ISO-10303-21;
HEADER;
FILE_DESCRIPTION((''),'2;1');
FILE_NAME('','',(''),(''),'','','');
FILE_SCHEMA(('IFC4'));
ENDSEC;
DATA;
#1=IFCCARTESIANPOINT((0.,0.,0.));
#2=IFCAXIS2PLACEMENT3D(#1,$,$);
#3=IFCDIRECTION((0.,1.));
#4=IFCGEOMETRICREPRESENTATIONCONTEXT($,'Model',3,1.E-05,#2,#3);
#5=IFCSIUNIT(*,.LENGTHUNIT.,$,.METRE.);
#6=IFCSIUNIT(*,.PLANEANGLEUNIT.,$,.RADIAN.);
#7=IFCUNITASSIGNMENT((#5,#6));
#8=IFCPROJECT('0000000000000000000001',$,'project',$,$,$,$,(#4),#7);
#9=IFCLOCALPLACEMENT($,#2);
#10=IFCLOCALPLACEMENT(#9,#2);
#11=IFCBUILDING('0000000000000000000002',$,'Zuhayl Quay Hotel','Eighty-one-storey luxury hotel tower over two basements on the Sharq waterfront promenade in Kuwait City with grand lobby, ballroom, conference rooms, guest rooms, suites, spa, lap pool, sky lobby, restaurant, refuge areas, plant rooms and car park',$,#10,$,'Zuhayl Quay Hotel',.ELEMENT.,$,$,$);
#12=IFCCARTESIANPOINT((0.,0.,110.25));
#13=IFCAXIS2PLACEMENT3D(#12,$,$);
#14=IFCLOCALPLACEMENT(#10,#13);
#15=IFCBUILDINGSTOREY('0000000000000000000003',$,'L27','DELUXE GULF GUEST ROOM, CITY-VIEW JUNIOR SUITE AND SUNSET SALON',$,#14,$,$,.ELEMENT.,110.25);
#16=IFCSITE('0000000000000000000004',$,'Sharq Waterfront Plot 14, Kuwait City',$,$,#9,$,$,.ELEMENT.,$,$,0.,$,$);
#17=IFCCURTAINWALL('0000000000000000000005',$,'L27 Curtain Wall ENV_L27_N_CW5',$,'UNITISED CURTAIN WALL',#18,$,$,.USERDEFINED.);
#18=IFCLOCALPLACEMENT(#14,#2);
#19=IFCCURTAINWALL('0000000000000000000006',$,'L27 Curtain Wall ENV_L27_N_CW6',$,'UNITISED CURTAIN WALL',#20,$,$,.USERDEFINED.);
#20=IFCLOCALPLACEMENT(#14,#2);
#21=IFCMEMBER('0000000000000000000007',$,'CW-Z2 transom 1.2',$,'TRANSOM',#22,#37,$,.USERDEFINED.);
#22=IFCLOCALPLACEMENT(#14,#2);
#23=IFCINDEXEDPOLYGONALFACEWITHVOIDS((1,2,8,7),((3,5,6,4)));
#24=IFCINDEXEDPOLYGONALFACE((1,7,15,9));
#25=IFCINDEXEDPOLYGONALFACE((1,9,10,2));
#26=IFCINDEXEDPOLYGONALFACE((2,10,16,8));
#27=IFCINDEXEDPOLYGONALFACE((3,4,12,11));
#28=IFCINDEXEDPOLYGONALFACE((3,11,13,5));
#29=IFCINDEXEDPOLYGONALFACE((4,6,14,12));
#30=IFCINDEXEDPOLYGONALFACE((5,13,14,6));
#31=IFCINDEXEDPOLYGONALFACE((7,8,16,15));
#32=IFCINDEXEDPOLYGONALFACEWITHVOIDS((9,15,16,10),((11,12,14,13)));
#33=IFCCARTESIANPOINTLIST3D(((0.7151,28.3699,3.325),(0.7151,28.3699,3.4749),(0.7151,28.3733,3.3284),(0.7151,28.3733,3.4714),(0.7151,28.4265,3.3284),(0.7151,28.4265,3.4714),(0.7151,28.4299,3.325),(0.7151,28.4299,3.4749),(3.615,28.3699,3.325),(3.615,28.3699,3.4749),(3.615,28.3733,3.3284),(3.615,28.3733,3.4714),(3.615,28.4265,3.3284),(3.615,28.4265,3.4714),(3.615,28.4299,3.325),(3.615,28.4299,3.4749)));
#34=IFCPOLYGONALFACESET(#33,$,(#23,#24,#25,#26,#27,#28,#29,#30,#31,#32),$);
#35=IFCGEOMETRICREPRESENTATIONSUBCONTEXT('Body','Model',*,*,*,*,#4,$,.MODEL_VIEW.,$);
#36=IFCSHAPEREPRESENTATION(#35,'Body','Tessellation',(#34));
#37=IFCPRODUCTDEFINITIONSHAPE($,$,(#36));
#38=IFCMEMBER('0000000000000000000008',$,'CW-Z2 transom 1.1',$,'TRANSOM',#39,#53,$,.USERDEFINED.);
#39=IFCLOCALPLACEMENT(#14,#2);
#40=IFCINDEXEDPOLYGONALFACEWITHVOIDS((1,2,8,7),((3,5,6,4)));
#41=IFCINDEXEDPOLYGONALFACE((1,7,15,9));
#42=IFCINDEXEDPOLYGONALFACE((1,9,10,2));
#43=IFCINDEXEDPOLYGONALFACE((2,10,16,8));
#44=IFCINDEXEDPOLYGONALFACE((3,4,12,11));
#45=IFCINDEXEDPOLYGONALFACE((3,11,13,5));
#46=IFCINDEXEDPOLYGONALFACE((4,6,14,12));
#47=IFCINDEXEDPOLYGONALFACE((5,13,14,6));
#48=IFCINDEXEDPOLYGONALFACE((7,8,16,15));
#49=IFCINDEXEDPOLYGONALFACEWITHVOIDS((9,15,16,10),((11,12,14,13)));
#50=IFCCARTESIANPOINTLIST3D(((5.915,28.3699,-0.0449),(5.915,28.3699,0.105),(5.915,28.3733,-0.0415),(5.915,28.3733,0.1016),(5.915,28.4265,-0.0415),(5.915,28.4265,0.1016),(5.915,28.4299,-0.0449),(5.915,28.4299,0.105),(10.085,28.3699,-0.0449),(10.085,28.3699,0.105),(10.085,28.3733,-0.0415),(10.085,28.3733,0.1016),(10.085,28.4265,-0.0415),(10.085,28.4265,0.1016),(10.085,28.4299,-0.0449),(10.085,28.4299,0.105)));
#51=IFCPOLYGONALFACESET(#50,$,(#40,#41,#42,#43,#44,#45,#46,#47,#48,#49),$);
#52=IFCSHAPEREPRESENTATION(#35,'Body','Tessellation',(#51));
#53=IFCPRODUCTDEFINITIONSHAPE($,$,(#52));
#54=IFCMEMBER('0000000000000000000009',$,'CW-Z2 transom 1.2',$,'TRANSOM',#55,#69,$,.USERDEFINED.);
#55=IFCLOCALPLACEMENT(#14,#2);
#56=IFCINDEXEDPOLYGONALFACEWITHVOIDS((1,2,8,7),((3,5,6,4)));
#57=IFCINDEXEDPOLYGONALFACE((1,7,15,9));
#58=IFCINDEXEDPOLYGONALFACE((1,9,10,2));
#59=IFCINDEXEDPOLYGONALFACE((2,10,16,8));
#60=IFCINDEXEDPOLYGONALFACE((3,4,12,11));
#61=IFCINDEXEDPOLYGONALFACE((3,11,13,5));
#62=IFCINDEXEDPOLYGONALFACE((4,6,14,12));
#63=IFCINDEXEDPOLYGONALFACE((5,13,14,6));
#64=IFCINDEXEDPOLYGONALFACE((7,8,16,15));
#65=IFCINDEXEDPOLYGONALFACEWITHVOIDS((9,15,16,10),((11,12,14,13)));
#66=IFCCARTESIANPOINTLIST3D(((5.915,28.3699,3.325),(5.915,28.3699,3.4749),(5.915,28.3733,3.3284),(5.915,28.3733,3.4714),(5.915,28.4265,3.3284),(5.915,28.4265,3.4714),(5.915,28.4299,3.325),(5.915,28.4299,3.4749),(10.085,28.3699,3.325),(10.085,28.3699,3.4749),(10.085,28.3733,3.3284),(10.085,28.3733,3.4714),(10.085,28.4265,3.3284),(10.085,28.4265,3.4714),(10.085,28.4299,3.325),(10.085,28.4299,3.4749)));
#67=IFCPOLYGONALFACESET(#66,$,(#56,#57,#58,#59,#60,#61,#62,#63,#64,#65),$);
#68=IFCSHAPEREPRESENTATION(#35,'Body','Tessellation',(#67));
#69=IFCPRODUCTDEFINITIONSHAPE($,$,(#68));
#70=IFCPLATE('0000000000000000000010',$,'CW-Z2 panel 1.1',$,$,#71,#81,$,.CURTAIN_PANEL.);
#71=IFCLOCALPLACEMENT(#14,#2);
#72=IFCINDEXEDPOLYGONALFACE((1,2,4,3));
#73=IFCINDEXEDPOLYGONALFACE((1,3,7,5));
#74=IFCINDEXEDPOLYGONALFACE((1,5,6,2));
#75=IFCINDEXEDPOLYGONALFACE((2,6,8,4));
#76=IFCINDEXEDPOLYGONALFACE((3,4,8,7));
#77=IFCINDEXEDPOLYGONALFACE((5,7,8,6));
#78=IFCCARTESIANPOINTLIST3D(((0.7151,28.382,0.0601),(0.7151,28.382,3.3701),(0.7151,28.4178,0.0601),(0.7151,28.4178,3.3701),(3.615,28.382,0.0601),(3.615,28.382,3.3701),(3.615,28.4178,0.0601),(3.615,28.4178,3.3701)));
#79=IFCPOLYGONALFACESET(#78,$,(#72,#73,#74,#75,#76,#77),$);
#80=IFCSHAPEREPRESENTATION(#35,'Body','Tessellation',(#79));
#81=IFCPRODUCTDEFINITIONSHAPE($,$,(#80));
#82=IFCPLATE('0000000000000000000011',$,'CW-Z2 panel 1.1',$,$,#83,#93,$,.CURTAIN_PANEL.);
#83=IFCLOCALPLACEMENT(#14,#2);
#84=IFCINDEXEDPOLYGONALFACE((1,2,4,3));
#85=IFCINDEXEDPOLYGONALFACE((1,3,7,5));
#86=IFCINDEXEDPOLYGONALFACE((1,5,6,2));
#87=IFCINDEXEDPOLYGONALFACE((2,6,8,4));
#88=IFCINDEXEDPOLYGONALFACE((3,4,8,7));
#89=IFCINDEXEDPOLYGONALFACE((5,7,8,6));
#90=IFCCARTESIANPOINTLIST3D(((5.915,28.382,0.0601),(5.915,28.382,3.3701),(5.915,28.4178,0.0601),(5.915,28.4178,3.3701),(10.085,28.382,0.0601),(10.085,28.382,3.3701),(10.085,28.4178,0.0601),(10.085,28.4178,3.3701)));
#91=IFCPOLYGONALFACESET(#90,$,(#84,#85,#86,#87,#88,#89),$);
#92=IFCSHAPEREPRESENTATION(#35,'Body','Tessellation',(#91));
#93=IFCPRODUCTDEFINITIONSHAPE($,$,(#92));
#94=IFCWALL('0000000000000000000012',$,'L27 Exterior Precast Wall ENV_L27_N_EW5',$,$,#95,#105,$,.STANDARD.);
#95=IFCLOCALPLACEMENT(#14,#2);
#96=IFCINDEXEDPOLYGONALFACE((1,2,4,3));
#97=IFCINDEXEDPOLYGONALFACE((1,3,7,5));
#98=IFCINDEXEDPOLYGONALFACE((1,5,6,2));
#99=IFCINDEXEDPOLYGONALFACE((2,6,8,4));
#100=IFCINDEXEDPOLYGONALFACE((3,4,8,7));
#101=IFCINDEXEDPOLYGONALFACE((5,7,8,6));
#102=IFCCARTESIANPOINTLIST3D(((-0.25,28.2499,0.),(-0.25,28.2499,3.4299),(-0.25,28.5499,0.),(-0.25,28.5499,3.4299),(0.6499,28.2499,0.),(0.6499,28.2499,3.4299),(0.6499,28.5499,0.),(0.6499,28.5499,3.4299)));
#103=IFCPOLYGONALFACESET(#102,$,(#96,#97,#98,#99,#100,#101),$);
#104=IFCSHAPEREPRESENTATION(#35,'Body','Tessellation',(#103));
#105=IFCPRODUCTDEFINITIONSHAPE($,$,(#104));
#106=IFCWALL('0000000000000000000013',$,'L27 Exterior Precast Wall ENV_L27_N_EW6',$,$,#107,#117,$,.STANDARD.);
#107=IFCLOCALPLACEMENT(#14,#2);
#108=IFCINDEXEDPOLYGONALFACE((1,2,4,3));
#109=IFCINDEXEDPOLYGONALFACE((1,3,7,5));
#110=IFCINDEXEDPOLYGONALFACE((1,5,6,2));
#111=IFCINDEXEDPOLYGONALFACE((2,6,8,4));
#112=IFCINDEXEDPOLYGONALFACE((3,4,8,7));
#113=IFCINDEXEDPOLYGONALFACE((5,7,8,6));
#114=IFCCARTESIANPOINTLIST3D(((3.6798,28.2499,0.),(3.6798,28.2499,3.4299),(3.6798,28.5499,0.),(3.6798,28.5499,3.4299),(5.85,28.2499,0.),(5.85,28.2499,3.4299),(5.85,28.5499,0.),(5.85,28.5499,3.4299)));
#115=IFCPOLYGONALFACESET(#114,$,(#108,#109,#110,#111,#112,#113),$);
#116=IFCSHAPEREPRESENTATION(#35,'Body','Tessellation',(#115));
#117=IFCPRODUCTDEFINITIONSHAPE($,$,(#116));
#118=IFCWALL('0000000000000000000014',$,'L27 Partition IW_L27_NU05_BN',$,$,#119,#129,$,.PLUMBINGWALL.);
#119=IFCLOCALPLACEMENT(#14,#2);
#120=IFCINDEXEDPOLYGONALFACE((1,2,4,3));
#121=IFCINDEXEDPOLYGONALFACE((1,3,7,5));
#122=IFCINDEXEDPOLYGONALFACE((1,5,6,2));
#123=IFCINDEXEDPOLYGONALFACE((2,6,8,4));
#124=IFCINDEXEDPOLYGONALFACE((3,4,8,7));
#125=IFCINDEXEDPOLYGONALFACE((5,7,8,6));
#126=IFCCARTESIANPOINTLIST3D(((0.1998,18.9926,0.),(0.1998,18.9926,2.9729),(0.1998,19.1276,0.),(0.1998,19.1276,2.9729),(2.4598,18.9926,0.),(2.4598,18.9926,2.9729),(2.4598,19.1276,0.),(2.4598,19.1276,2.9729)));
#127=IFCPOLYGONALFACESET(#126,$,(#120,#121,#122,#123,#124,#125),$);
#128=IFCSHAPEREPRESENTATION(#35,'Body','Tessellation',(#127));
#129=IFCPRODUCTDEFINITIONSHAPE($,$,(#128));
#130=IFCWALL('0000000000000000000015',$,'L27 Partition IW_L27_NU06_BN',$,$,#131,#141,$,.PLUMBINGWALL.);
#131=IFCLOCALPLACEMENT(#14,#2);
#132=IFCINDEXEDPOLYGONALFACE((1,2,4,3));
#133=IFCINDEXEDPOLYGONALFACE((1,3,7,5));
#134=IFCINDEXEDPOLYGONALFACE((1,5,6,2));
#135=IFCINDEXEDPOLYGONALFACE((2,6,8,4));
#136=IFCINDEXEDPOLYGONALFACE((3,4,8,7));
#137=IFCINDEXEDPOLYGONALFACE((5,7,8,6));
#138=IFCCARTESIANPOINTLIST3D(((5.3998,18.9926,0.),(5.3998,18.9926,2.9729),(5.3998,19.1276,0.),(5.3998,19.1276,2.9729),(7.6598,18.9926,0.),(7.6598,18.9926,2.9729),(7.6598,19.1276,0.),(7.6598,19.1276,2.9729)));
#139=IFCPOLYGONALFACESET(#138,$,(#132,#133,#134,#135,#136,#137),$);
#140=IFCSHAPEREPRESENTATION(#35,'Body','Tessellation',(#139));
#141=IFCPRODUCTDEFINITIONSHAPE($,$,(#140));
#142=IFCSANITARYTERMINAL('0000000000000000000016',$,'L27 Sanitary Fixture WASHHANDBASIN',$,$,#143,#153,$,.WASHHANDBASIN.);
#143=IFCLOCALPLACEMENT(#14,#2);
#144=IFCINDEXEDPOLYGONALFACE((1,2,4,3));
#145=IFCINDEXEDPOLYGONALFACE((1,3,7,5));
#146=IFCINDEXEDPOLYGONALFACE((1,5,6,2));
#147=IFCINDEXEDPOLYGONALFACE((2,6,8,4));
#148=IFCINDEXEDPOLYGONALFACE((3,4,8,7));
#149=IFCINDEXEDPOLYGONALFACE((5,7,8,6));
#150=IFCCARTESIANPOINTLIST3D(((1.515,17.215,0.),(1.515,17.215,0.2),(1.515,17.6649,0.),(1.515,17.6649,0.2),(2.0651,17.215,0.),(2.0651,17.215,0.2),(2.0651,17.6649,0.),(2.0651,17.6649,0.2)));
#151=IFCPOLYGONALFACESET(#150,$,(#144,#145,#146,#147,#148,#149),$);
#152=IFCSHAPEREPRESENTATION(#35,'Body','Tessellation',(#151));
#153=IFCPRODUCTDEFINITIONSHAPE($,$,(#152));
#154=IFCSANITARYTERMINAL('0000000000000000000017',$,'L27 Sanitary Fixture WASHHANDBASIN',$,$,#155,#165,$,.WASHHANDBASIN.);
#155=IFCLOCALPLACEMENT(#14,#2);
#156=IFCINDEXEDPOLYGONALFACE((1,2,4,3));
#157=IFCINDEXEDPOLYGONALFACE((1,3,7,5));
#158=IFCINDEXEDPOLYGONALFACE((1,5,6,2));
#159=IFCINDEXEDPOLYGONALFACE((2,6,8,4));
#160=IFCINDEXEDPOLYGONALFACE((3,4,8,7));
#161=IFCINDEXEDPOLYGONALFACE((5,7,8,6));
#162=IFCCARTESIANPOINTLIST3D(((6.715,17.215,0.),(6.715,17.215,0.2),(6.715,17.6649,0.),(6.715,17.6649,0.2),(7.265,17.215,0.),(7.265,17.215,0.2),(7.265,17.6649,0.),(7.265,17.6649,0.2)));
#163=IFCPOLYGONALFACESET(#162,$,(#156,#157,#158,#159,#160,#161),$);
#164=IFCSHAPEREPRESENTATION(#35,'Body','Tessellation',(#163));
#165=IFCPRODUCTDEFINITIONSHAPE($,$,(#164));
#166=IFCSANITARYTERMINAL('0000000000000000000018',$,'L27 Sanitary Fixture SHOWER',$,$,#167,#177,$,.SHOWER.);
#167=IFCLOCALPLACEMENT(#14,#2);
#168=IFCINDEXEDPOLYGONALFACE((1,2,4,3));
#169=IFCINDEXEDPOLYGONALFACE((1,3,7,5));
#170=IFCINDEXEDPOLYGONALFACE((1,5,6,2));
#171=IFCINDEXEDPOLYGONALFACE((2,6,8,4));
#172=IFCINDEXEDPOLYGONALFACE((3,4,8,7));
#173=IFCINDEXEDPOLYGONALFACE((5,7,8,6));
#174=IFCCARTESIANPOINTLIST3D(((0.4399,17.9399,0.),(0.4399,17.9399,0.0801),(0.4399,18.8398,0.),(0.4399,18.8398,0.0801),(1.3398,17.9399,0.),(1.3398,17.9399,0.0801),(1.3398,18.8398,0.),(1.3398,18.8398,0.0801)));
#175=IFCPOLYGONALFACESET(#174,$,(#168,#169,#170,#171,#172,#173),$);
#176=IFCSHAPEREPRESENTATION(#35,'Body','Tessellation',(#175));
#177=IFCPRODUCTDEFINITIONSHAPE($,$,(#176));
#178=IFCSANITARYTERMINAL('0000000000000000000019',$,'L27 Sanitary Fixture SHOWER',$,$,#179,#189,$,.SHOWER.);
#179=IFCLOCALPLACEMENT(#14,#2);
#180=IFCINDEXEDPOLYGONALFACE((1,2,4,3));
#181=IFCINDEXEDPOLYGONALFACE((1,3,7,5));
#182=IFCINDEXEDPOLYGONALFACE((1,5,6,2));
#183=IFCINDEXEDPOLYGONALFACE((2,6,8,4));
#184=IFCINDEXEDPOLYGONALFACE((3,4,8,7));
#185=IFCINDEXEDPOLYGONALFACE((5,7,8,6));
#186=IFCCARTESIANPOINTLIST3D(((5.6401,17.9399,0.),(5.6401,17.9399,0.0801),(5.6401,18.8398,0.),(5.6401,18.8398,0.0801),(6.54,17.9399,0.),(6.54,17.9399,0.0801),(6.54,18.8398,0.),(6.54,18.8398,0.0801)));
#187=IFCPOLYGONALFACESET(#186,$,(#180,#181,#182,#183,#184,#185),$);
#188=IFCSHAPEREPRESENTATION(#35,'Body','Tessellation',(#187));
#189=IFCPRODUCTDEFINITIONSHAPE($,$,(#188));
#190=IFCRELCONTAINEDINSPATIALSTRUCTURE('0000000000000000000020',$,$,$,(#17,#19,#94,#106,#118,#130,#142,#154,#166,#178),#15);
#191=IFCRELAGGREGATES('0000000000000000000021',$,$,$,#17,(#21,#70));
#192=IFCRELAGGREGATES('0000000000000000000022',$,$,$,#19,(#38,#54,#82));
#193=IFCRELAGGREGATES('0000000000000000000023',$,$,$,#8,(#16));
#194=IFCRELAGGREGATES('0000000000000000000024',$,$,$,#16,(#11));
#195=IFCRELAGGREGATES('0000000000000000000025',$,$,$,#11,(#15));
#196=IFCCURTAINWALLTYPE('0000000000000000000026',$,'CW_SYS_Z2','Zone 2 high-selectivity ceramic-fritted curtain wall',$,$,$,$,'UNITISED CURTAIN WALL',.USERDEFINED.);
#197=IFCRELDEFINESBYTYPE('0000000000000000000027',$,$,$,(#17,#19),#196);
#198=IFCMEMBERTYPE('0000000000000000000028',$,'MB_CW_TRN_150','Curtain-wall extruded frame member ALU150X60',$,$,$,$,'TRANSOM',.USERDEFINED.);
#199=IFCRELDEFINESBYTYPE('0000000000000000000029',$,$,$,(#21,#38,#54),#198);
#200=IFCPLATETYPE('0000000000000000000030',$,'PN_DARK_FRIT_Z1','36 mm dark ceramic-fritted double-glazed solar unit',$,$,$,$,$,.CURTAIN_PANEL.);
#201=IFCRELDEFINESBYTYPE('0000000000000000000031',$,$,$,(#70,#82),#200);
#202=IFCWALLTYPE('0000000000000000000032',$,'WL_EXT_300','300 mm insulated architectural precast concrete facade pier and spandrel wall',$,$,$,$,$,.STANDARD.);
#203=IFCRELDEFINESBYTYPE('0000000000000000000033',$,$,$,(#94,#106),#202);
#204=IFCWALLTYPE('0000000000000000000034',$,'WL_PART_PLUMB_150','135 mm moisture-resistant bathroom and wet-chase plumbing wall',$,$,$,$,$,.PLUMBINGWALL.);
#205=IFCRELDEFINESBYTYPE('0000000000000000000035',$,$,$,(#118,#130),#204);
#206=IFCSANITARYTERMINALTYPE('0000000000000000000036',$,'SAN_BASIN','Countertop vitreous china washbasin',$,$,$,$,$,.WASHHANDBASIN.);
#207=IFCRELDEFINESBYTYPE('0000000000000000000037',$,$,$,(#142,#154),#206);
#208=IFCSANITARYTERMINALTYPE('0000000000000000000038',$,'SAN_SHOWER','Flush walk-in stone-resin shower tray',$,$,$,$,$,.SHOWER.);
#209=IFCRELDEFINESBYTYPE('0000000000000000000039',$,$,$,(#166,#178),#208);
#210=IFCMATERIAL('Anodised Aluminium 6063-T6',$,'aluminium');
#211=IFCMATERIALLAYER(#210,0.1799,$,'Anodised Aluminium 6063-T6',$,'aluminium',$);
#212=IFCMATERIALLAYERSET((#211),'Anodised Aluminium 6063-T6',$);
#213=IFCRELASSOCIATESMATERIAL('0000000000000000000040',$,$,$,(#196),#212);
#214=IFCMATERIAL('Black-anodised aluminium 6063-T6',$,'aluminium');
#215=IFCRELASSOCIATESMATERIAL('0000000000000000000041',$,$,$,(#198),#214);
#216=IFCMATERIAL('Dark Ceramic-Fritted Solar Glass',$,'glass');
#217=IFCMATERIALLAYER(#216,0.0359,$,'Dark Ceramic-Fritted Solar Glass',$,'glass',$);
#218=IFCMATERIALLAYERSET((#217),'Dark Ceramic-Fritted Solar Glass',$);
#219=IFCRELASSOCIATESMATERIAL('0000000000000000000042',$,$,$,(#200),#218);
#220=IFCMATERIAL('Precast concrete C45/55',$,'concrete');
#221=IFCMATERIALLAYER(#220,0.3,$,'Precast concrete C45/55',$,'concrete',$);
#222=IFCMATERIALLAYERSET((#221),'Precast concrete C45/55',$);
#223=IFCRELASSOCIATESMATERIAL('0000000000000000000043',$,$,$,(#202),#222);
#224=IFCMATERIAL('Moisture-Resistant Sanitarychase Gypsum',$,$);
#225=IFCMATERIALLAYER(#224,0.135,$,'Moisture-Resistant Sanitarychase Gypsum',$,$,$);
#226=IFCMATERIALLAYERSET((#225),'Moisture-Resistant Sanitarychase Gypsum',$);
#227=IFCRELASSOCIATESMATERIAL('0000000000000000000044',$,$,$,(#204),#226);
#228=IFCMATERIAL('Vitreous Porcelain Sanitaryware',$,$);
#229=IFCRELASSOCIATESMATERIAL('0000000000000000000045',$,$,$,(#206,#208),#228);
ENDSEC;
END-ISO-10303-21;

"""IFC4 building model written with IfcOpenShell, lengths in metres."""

from ifc_helpers import new_model, si_unit, direction, frame, frame_2d, origin, origin_2d, place, context, subcontext, project, spatial, rectangle, hollow_rectangle, extrude, material, layer, layer_set, material_profile, profile_set, type_object, element, aggregate, save


model = new_model("IFC4")

# Units and contexts
model_context = context("Model", 3, precision=1e-05, world=origin(), true_north=direction((0.0, 1.0)))
body_context = subcontext(model_context, "Body", "Model", "MODEL_VIEW")
ifc_project = project(units=[si_unit("LENGTHUNIT", "METRE"), si_unit("PLANEANGLEUNIT", "RADIAN")], contexts=[model_context])

# Site, building, storey
site_placement = place(None, origin())
site = spatial("IfcSite", under=ifc_project, at=site_placement, Name="Sharq Waterfront Plot 14, Kuwait City", CompositionType="ELEMENT", RefElevation=0.0)
building_placement = place(site_placement, origin())
building = spatial("IfcBuilding", under=site, at=building_placement, Name="Zuhayl Quay Hotel", Description="Eighty-one-storey luxury hotel tower over two basements on the Sharq waterfront promenade in Kuwait City with grand lobby, ballroom, conference rooms, guest rooms, suites, spa, lap pool, sky lobby, restaurant, refuge areas, plant rooms and car park", LongName="Zuhayl Quay Hotel", CompositionType="ELEMENT")
storey_placement = place(building_placement, frame((0.0, 0.0, 110.25)))
storey = spatial("IfcBuildingStorey", under=building, at=storey_placement, Name="L27", Description="DELUXE GULF GUEST ROOM, CITY-VIEW JUNIOR SUITE AND SUNSET SALON", CompositionType="ELEMENT", Elevation=110.25)

# Shared definitions
ifc_material_1 = material(Name="Anodised Aluminium 6063-T6", Category="aluminium")
ifc_layer_1 = layer(ifc_material_1, 0.1799, Name="Anodised Aluminium 6063-T6", Category="aluminium")
ifc_layer_set_1 = layer_set([ifc_layer_1], Name="Anodised Aluminium 6063-T6")
curtain_wall_type = type_object("IfcCurtainWallType", Name="CW_SYS_Z2", Description="Zone 2 high-selectivity ceramic-fritted curtain wall", ElementType="UNITISED CURTAIN WALL", PredefinedType="USERDEFINED", material=ifc_layer_set_1)
ifc_material_2 = material(Name="Black-anodised aluminium 6063-T6", Category="aluminium")

# Curtain wall
curtain_wall_1_placement = place(storey_placement, origin())
curtain_wall_1 = element("IfcCurtainWall", 1, at=curtain_wall_1_placement, inside=storey, type_object=curtain_wall_type, Name="L27 Curtain Wall ENV_L27_N_CW5", ObjectType="UNITISED CURTAIN WALL", PredefinedType="USERDEFINED")

# Curtain wall
curtain_wall_2_placement = place(storey_placement, origin())
curtain_wall_2 = element("IfcCurtainWall", 2, at=curtain_wall_2_placement, inside=storey, type_object=curtain_wall_type, Name="L27 Curtain Wall ENV_L27_N_CW6", ObjectType="UNITISED CURTAIN WALL", PredefinedType="USERDEFINED")

# Members
ifc_material_profile_1 = material_profile(ifc_material_2, hollow_rectangle(XDim=0.0601, YDim=0.1499, WallThickness=0.0034, at=origin_2d()), Name="ALU150X60")
ifc_profile_set_1 = profile_set([ifc_material_profile_1], Name="Black-anodised aluminium 6063-T6")
member_type_1 = type_object("IfcMemberType", Name="MB_CW_TRN_150", Description="Curtain-wall extruded frame member ALU150X60", ElementType="TRANSOM", PredefinedType="USERDEFINED", material=ifc_profile_set_1)
member_1_placement = place(storey_placement, frame((0.7151, 28.3999, 3.3999), z_axis=(1.0, 0.0, 0.0), x_axis=(0.0, 1.0, 0.0)))
member_1 = element("IfcMember", 3, at=member_1_placement, type_object=member_type_1, Name="CW-Z2 transom 1.2", ObjectType="TRANSOM", PredefinedType="USERDEFINED", context=body_context, shape_type="SweptSolid", body=[
    extrude(hollow_rectangle(XDim=0.0601, YDim=0.1499, WallThickness=0.0034, at=origin_2d()), origin(), (0.0, 0.0, 1.0), 2.8999),
])
member_2_placement = place(storey_placement, frame((5.915, 28.3999, 0.03), z_axis=(1.0, 0.0, 0.0), x_axis=(0.0, 1.0, 0.0)))
member_2 = element("IfcMember", 4, at=member_2_placement, type_object=member_type_1, Name="CW-Z2 transom 1.1", ObjectType="TRANSOM", PredefinedType="USERDEFINED", context=body_context, shape_type="SweptSolid", body=[
    extrude(hollow_rectangle(XDim=0.0601, YDim=0.1499, WallThickness=0.0034, at=origin_2d()), origin(), (0.0, 0.0, 1.0), 4.1699),
])
member_3_placement = place(storey_placement, frame((5.915, 28.3999, 3.3999), z_axis=(1.0, 0.0, 0.0), x_axis=(0.0, 1.0, 0.0)))
member_3 = element("IfcMember", 5, at=member_3_placement, type_object=member_type_1, Name="CW-Z2 transom 1.2", ObjectType="TRANSOM", PredefinedType="USERDEFINED", context=body_context, shape_type="SweptSolid", body=[
    extrude(hollow_rectangle(XDim=0.0601, YDim=0.1499, WallThickness=0.0034, at=origin_2d()), origin(), (0.0, 0.0, 1.0), 4.1699),
])

# Plates
ifc_material_3 = material(Name="Dark Ceramic-Fritted Solar Glass", Category="glass")
ifc_layer_2 = layer(ifc_material_3, 0.0359, Name="Dark Ceramic-Fritted Solar Glass", Category="glass")
ifc_layer_set_2 = layer_set([ifc_layer_2], Name="Dark Ceramic-Fritted Solar Glass")
plate_type = type_object("IfcPlateType", Name="PN_DARK_FRIT_Z1", Description="36 mm dark ceramic-fritted double-glazed solar unit", PredefinedType="CURTAIN_PANEL", material=ifc_layer_set_2)
plate_1_placement = place(storey_placement, frame((2.165, 28.3999, 0.0601), z_axis=(0.0, 0.0, 1.0), x_axis=(1.0, 0.0, 0.0)))
plate_1 = element("IfcPlate", 6, at=plate_1_placement, type_object=plate_type, Name="CW-Z2 panel 1.1", PredefinedType="CURTAIN_PANEL", context=body_context, shape_type="SweptSolid", body=[
    extrude(rectangle(XDim=2.8999, YDim=0.0359, at=origin_2d()), origin(), (0.0, 0.0, 1.0), 3.3101),
])
aggregate(curtain_wall_1, [member_1, plate_1])
plate_2_placement = place(storey_placement, frame((8.0, 28.3999, 0.0601), z_axis=(0.0, 0.0, 1.0), x_axis=(1.0, 0.0, 0.0)))
plate_2 = element("IfcPlate", 7, at=plate_2_placement, type_object=plate_type, Name="CW-Z2 panel 1.1", PredefinedType="CURTAIN_PANEL", context=body_context, shape_type="SweptSolid", body=[
    extrude(rectangle(XDim=4.1699, YDim=0.0359, at=origin_2d()), origin(), (0.0, 0.0, 1.0), 3.3101),
])
aggregate(curtain_wall_2, [member_2, member_3, plate_2])

# Walls
ifc_material_4 = material(Name="Precast concrete C45/55", Category="concrete")
ifc_layer_3 = layer(ifc_material_4, 0.3, Name="Precast concrete C45/55", Category="concrete")
ifc_layer_set_3 = layer_set([ifc_layer_3], Name="Precast concrete C45/55")
wall_type_1 = type_object("IfcWallType", Name="WL_EXT_300", Description="300 mm insulated architectural precast concrete facade pier and spandrel wall", PredefinedType="STANDARD", material=ifc_layer_set_3)
wall_1_placement = place(storey_placement, frame((-0.25, 28.3999, 0.0), z_axis=(0.0, 0.0, 1.0), x_axis=(1.0, 0.0, 0.0)))
element("IfcWall", 8, at=wall_1_placement, inside=storey, type_object=wall_type_1, Name="L27 Exterior Precast Wall ENV_L27_N_EW5", PredefinedType="STANDARD", context=body_context, shape_type="SweptSolid", body=[
    extrude(rectangle(XDim=0.8999, YDim=0.3, at=frame_2d((0.45, 0.0))), origin(), (0.0, 0.0, 1.0), 3.4299),
])
wall_2_placement = place(storey_placement, frame((3.6799, 28.3999, 0.0), z_axis=(0.0, 0.0, 1.0), x_axis=(1.0, 0.0, 0.0)))
element("IfcWall", 9, at=wall_2_placement, inside=storey, type_object=wall_type_1, Name="L27 Exterior Precast Wall ENV_L27_N_EW6", PredefinedType="STANDARD", context=body_context, shape_type="SweptSolid", body=[
    extrude(rectangle(XDim=2.1702, YDim=0.3, at=frame_2d((1.085, 0.0))), origin(), (0.0, 0.0, 1.0), 3.4299),
])
ifc_material_5 = material(Name="Moisture-Resistant Sanitarychase Gypsum")
ifc_layer_4 = layer(ifc_material_5, 0.135, Name="Moisture-Resistant Sanitarychase Gypsum")
ifc_layer_set_4 = layer_set([ifc_layer_4], Name="Moisture-Resistant Sanitarychase Gypsum")
wall_type_2 = type_object("IfcWallType", Name="WL_PART_PLUMB_150", Description="135 mm moisture-resistant bathroom and wet-chase plumbing wall", PredefinedType="PLUMBINGWALL", material=ifc_layer_set_4)
for number, where, z_axis, x_axis, name in (
    (10, (0.2, 19.0601, 0.0), (0.0, 0.0, 1.0), (1.0, 0.0, 0.0), "L27 Partition IW_L27_NU05_BN"),
    (11, (5.3999, 19.0601, 0.0), (0.0, 0.0, 1.0), (1.0, 0.0, 0.0), "L27 Partition IW_L27_NU06_BN"),
):
    element("IfcWall", number, at=place(storey_placement, frame(where, z_axis=z_axis, x_axis=x_axis)), inside=storey, type_object=wall_type_2, Name=name, PredefinedType="PLUMBINGWALL", context=body_context, shape_type="SweptSolid", body=[
        extrude(rectangle(XDim=2.26, YDim=0.135, at=frame_2d((1.1299, 0.0))), origin(), (0.0, 0.0, 1.0), 2.9729),
    ])

# Sanitary terminals
ifc_material_6 = material(Name="Vitreous Porcelain Sanitaryware")
sanitary_terminal_type_1 = type_object("IfcSanitaryTerminalType", Name="SAN_BASIN", Description="Countertop vitreous china washbasin", PredefinedType="WASHHANDBASIN", material=ifc_material_6)
for number, where, z_axis, x_axis, name in (
    (12, (1.79, 17.4399, 0.0), (0.0, 0.0, 1.0), (1.0, 0.0, 0.0), "L27 Sanitary Fixture WASHHANDBASIN"),
    (13, (6.99, 17.4399, 0.0), (0.0, 0.0, 1.0), (1.0, 0.0, 0.0), "L27 Sanitary Fixture WASHHANDBASIN"),
):
    element("IfcSanitaryTerminal", number, at=place(storey_placement, frame(where, z_axis=z_axis, x_axis=x_axis)), inside=storey, type_object=sanitary_terminal_type_1, Name=name, PredefinedType="WASHHANDBASIN", context=body_context, shape_type="SweptSolid", body=[
        extrude(rectangle(XDim=0.55, YDim=0.45, at=origin_2d()), origin(), (0.0, 0.0, 1.0), 0.2),
    ])
sanitary_terminal_type_2 = type_object("IfcSanitaryTerminalType", Name="SAN_SHOWER", Description="Flush walk-in stone-resin shower tray", PredefinedType="SHOWER", material=ifc_material_6)
for number, where, z_axis, x_axis, name in (
    (14, (0.8899, 18.3899, 0.0), (0.0, 0.0, 1.0), (1.0, 0.0, 0.0), "L27 Sanitary Fixture SHOWER"),
    (15, (6.0901, 18.3899, 0.0), (0.0, 0.0, 1.0), (1.0, 0.0, 0.0), "L27 Sanitary Fixture SHOWER"),
):
    element("IfcSanitaryTerminal", number, at=place(storey_placement, frame(where, z_axis=z_axis, x_axis=x_axis)), inside=storey, type_object=sanitary_terminal_type_2, Name=name, PredefinedType="SHOWER", context=body_context, shape_type="SweptSolid", body=[
        extrude(rectangle(XDim=0.8999, YDim=0.8999, at=origin_2d()), origin(), (0.0, 0.0, 1.0), 0.0801),
    ])

save(model, "model.ifc")
